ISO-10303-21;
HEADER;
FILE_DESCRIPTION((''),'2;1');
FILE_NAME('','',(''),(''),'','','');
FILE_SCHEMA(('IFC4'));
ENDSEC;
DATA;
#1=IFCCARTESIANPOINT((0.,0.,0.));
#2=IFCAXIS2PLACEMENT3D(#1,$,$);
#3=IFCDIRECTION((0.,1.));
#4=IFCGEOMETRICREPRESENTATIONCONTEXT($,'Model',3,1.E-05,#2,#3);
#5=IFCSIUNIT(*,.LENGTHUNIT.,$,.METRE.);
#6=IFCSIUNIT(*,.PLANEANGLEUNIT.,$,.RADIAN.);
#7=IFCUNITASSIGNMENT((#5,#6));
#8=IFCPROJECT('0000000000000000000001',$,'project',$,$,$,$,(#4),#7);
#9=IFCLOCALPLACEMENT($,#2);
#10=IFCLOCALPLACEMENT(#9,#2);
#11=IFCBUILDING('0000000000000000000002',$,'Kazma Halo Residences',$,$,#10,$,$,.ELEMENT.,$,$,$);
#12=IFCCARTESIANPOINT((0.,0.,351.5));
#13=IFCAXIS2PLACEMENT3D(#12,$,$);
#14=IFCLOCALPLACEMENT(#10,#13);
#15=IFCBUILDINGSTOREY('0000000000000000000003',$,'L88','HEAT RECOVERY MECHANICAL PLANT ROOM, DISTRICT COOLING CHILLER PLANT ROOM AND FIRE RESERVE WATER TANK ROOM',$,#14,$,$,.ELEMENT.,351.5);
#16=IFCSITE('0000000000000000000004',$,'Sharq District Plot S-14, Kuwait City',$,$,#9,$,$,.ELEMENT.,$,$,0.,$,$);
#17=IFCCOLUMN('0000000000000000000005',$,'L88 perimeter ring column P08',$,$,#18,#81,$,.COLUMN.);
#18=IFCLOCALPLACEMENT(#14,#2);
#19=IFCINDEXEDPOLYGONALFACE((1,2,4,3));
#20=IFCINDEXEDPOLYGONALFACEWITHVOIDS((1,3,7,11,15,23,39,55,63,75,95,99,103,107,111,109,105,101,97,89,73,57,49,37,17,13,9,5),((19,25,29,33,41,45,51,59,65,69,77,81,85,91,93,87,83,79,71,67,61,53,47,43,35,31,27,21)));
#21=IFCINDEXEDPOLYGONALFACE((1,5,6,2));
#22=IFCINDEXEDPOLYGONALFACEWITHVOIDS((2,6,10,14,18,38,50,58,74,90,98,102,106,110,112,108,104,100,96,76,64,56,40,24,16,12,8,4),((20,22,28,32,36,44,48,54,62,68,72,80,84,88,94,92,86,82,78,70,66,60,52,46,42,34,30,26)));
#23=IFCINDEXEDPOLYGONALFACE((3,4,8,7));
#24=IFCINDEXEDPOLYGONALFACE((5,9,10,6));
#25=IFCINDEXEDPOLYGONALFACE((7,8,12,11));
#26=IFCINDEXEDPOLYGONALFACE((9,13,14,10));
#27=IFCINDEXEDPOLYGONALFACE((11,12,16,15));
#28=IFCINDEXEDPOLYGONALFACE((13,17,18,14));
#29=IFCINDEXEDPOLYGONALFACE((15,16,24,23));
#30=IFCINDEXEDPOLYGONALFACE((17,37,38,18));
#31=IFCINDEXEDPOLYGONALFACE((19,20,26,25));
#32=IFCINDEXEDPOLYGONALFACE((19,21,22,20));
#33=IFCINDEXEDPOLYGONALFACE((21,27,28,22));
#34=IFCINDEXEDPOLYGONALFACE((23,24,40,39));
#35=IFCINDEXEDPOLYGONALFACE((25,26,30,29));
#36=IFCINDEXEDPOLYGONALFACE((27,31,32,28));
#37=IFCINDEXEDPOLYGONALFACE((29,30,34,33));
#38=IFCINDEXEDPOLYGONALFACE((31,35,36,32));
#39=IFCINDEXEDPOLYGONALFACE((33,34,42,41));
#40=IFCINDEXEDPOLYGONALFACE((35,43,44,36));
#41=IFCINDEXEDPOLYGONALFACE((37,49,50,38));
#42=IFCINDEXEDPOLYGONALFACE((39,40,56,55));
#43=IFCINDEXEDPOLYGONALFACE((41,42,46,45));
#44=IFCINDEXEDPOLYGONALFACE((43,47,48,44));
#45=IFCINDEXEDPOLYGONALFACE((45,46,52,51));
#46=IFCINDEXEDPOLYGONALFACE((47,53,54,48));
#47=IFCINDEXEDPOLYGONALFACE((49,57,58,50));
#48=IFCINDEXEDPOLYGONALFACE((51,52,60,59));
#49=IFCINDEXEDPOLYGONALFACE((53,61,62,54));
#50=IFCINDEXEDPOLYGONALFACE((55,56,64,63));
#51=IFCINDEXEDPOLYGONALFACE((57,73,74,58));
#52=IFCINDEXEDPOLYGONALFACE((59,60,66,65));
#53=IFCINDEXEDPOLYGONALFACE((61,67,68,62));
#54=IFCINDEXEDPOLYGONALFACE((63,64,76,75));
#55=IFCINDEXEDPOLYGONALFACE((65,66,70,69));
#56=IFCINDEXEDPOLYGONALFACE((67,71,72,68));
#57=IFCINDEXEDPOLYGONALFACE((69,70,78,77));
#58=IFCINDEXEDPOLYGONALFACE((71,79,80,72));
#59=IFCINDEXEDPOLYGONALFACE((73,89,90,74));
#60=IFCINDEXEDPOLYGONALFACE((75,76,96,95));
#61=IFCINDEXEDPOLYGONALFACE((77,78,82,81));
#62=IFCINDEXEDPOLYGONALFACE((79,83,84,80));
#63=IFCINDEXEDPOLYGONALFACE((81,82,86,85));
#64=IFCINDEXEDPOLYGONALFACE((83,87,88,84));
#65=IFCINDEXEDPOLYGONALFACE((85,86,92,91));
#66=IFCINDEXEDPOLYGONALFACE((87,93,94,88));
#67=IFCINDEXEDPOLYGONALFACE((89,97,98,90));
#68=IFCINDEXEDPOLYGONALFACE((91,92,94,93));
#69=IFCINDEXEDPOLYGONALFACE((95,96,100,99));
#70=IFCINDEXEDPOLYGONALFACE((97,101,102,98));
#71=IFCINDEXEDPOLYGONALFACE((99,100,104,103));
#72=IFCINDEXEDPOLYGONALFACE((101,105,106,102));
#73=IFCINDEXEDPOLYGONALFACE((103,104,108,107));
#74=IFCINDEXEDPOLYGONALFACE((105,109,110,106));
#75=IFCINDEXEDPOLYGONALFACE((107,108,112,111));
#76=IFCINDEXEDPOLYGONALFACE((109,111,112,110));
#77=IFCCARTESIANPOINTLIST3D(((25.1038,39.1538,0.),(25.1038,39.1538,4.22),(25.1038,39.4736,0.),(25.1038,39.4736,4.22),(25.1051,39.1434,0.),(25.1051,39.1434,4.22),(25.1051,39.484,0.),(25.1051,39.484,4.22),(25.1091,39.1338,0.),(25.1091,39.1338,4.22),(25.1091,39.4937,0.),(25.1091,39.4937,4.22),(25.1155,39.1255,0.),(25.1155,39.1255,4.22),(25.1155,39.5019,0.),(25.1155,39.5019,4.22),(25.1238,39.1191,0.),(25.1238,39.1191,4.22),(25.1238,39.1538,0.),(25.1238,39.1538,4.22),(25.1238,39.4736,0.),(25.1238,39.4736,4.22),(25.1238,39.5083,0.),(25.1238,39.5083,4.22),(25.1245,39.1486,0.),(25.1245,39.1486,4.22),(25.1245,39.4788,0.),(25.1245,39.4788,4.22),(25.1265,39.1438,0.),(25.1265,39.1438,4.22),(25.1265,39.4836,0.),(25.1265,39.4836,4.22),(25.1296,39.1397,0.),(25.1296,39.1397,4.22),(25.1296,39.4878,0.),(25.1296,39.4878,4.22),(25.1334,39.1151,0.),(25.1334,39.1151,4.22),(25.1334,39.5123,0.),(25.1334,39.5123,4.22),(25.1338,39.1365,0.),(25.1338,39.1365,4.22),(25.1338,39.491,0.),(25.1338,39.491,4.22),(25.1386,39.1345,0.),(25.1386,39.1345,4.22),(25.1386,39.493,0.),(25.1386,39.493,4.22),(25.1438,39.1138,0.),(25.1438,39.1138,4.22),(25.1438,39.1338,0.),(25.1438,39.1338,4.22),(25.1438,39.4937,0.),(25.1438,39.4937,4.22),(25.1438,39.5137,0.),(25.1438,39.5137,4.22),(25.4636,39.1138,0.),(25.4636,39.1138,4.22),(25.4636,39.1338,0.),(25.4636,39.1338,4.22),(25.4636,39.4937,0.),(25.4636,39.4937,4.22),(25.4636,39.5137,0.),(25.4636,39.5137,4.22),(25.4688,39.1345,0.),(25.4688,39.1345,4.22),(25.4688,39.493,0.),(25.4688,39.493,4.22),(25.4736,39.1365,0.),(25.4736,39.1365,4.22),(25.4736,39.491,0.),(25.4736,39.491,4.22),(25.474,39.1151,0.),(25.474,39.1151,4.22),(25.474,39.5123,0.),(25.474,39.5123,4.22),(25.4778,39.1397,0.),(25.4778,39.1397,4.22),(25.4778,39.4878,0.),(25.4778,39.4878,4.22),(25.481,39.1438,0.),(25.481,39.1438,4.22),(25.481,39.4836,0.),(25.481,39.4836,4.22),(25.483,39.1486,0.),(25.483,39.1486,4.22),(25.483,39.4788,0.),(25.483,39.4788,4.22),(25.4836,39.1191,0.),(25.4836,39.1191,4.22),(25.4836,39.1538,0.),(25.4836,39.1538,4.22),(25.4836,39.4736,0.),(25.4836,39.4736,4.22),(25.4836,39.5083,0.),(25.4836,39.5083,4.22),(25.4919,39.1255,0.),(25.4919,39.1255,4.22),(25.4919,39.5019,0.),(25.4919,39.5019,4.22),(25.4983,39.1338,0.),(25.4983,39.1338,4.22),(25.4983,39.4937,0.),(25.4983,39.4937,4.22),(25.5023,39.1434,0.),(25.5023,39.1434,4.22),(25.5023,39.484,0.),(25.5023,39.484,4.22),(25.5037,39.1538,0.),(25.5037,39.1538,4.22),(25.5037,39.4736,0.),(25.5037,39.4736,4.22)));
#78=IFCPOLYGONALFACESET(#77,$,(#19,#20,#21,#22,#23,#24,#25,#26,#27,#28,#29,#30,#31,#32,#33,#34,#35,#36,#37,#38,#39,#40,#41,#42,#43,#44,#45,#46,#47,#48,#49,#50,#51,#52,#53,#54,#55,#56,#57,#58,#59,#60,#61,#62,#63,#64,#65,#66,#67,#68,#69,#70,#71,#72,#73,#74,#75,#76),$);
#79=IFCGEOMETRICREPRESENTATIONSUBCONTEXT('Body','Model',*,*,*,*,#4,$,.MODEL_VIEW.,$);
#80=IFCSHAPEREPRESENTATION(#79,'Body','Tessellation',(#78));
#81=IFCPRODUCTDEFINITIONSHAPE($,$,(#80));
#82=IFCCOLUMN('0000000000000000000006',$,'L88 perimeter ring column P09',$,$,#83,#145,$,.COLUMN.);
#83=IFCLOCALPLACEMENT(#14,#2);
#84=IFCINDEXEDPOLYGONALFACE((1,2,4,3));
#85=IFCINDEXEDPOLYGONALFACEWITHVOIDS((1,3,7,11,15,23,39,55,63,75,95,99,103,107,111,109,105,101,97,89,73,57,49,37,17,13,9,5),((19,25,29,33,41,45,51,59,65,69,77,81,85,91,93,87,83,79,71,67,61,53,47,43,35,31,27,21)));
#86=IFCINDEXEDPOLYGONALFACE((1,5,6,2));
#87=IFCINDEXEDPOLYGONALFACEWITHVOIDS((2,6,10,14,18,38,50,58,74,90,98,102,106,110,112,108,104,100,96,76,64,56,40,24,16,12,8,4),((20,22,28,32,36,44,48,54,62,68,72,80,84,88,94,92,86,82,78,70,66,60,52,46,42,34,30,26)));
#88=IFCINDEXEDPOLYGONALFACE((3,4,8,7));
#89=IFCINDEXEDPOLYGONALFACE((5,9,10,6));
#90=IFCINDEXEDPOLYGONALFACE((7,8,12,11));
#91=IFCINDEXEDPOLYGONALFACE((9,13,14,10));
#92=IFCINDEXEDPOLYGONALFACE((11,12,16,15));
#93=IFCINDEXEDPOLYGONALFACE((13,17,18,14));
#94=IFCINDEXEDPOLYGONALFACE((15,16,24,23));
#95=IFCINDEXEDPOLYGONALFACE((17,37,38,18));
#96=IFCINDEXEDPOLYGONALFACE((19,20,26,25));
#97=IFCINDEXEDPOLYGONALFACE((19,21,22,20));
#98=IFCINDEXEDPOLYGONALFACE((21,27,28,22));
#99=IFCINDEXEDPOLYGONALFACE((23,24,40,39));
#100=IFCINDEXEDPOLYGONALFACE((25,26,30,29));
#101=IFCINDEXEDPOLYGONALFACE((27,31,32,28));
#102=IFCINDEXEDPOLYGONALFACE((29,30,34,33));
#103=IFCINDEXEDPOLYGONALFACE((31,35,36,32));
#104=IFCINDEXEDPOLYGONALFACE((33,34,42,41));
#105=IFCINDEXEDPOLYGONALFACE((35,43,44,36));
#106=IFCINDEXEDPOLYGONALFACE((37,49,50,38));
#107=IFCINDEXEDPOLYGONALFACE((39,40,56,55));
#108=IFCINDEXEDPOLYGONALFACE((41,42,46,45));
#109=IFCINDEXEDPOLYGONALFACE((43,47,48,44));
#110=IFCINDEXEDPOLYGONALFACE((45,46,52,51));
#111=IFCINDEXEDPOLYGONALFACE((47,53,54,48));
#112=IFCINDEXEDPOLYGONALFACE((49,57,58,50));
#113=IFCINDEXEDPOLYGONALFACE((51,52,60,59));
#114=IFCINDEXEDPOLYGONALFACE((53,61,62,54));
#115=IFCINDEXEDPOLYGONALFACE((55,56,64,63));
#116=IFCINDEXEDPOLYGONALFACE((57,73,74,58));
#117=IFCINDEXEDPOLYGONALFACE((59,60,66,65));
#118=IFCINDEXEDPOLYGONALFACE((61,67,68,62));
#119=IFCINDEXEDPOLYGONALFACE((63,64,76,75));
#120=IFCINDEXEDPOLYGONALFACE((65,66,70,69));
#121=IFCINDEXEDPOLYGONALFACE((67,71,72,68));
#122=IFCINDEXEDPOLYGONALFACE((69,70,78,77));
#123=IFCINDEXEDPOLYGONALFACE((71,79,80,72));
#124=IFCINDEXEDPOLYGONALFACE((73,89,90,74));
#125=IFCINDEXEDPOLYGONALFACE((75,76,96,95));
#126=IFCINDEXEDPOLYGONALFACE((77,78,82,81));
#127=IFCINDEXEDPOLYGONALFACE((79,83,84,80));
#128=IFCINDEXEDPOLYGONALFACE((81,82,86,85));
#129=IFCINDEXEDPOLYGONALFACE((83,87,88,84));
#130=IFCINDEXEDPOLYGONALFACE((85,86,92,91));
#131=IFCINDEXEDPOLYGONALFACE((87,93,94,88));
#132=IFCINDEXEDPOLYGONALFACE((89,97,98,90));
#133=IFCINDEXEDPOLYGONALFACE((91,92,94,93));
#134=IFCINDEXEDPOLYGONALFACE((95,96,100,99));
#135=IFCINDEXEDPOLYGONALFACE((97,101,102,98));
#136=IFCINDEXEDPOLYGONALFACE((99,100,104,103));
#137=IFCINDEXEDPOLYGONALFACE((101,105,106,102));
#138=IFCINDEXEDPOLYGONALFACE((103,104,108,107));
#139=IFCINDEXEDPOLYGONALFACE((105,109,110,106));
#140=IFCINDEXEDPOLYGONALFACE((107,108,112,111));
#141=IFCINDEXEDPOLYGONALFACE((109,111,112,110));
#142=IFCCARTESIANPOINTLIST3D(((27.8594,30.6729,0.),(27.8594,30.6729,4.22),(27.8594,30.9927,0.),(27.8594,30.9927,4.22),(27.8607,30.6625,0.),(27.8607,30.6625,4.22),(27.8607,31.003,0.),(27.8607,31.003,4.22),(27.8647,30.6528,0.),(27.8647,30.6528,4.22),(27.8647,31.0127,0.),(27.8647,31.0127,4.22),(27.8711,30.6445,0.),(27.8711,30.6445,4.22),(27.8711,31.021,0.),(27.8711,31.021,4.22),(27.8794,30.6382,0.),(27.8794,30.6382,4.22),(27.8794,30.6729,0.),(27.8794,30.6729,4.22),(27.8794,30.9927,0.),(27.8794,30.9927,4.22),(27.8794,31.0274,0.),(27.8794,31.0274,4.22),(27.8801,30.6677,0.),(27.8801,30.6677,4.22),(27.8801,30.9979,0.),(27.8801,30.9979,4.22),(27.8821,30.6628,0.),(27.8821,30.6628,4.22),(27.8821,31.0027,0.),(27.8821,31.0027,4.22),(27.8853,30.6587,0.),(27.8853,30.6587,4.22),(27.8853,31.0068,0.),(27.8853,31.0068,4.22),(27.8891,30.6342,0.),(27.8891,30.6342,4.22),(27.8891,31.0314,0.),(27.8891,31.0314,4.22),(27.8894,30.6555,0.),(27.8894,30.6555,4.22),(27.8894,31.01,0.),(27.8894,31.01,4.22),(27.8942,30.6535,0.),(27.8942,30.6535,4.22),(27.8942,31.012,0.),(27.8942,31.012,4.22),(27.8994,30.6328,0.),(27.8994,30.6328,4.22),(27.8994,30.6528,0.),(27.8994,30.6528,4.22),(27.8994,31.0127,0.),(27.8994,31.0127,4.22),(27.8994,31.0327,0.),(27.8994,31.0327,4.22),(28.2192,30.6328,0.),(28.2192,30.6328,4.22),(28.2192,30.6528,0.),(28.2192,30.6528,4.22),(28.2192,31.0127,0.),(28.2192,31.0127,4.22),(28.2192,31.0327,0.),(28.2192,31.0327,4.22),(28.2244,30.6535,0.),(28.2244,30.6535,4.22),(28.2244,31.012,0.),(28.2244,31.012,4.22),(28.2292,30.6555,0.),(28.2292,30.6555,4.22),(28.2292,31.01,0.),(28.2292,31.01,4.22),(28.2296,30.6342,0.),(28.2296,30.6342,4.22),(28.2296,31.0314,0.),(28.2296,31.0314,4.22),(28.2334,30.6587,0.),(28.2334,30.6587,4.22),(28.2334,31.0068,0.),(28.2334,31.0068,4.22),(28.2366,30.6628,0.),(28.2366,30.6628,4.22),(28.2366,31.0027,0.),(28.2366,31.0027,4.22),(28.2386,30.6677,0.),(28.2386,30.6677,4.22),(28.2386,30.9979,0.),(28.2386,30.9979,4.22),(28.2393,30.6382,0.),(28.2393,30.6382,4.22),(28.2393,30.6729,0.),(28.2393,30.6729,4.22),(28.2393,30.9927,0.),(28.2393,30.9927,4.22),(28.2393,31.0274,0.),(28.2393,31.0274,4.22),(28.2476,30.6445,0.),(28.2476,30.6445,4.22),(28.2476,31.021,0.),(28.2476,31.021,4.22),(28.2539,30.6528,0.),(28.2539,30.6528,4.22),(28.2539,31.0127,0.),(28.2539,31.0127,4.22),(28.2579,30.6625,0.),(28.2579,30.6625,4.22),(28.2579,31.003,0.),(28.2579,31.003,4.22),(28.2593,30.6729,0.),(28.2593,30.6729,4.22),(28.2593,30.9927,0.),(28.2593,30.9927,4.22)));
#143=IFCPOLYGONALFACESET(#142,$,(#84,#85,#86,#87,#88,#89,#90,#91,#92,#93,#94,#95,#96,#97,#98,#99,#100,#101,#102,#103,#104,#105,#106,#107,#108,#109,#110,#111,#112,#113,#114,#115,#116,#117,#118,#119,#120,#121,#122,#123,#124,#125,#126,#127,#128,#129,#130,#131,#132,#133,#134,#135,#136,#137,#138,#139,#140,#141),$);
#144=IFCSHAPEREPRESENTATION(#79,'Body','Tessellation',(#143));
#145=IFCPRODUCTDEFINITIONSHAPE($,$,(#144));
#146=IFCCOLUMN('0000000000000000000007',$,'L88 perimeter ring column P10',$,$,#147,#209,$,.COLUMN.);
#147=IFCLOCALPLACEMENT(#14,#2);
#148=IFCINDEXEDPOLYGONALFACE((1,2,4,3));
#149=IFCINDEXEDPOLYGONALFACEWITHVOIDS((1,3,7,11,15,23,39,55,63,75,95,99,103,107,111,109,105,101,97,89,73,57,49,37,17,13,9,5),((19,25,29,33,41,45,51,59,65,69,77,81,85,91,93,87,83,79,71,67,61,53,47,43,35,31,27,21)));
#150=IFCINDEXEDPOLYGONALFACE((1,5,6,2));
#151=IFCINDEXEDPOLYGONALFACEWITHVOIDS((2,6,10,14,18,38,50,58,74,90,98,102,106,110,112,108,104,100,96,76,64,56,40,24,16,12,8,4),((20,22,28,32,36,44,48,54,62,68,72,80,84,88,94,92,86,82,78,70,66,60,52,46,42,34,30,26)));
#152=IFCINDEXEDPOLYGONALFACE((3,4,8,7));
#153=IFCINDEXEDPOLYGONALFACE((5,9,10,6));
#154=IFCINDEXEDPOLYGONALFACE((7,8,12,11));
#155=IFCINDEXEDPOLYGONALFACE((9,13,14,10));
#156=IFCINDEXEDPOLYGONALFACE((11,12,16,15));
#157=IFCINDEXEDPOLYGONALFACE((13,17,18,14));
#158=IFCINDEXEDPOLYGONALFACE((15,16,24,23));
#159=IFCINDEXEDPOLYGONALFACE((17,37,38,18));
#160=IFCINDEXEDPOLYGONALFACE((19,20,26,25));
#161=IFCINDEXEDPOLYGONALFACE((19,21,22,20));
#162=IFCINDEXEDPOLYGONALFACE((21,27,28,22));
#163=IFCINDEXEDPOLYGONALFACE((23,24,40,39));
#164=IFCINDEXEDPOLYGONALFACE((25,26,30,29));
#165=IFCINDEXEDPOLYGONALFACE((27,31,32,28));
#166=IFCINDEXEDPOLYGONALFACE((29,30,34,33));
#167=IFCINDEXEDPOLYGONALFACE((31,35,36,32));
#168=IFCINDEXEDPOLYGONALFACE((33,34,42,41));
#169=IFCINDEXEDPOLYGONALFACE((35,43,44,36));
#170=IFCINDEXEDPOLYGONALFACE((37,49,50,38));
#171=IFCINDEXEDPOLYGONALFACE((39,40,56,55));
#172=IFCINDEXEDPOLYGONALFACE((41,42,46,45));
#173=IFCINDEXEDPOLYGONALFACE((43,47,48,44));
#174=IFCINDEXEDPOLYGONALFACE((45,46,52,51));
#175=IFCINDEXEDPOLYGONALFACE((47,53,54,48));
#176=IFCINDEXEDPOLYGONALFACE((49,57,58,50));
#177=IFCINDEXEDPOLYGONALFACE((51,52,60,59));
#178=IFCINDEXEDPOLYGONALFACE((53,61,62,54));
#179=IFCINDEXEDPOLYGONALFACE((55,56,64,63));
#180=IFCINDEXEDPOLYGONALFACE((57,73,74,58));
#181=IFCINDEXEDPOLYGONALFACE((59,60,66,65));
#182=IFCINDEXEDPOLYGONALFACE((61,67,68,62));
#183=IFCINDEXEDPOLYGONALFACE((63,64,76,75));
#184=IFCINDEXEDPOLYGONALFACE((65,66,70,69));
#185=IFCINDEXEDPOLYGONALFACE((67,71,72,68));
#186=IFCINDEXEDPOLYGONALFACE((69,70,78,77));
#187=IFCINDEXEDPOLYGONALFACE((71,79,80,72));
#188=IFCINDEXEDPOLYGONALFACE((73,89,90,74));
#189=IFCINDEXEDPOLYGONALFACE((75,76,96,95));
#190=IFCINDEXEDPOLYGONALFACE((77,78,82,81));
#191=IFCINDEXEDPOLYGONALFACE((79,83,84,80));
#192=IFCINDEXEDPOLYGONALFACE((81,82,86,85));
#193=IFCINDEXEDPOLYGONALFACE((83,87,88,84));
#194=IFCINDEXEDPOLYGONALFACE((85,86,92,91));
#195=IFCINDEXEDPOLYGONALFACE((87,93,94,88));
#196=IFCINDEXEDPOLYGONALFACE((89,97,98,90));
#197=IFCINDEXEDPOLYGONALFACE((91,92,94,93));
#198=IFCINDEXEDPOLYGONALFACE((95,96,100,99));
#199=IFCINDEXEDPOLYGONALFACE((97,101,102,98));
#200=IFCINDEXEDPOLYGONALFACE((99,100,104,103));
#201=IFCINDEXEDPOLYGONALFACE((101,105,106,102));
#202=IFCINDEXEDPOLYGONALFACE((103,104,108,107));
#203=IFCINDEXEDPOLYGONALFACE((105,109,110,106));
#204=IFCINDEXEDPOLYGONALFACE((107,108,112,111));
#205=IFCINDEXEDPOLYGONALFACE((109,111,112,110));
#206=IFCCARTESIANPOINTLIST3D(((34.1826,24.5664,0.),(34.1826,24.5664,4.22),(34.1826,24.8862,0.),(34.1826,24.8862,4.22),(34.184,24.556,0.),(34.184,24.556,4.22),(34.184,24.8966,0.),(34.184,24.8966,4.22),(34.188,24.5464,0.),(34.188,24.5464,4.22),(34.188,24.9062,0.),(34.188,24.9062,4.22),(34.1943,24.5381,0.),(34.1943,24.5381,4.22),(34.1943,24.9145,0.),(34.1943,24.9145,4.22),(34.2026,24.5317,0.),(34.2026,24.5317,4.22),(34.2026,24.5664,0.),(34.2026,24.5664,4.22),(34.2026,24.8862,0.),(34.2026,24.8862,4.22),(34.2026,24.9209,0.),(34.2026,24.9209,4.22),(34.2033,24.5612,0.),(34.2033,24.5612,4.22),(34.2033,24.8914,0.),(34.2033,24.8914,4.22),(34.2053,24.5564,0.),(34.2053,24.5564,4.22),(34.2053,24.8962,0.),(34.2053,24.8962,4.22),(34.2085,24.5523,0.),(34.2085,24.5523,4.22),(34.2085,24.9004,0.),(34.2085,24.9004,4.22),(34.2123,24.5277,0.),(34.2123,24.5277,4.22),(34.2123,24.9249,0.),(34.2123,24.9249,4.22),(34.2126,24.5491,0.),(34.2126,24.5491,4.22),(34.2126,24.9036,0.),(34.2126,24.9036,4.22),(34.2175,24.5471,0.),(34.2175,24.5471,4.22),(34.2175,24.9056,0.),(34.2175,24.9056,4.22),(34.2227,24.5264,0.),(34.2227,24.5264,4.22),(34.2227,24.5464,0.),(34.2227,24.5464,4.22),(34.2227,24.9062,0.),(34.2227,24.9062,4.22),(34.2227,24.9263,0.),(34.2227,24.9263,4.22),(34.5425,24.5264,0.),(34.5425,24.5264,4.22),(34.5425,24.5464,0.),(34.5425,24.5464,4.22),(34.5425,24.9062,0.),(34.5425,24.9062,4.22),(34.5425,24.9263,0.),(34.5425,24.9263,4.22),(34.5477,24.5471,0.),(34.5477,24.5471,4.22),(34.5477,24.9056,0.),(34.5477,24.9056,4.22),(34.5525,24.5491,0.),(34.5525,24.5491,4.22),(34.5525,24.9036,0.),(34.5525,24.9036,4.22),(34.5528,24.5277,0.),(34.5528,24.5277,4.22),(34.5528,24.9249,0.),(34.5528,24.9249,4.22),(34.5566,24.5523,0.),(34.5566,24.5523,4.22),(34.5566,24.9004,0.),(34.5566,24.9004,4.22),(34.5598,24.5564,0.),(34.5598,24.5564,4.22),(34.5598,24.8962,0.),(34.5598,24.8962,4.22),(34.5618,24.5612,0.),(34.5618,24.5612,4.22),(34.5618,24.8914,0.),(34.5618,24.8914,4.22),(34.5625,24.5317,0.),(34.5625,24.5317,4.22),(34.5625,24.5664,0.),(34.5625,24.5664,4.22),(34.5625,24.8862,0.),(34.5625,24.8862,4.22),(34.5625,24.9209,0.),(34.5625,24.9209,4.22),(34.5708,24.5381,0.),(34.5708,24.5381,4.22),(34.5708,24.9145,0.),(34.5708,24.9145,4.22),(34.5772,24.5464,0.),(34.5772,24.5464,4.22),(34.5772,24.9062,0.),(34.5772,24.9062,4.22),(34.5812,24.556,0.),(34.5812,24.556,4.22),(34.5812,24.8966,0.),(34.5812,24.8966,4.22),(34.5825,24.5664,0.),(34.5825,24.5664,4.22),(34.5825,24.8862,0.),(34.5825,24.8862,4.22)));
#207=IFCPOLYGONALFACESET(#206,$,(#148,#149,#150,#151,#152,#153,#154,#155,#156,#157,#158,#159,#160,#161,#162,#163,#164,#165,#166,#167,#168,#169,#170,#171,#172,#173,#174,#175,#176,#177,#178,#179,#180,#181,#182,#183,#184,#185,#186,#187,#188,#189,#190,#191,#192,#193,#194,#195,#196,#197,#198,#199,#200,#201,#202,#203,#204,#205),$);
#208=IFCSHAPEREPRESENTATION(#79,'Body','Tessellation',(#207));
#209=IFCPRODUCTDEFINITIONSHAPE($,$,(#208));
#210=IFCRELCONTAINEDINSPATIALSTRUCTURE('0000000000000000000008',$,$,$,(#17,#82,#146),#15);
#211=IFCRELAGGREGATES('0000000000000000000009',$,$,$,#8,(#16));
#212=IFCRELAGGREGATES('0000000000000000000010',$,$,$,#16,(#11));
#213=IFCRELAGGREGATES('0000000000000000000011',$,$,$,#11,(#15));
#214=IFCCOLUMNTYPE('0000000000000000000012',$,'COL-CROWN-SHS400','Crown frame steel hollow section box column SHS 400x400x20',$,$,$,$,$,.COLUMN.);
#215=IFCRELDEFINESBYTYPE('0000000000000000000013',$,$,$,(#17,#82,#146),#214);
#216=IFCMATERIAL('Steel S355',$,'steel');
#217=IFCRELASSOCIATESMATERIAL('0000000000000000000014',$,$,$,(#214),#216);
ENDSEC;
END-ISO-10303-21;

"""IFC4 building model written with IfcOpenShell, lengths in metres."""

from ifc_helpers import new_model, si_unit, direction, frame, origin, origin_2d, place, context, subcontext, project, spatial, hollow_rectangle, extrude, material, material_profile, profile_set, type_object, element, save


model = new_model("IFC4")

# Units and contexts
model_context = context("Model", 3, precision=1e-05, world=origin(), true_north=direction((0.0, 1.0)))
body_context = subcontext(model_context, "Body", "Model", "MODEL_VIEW")
ifc_project = project(units=[si_unit("LENGTHUNIT", "METRE"), si_unit("PLANEANGLEUNIT", "RADIAN")], contexts=[model_context])

# Site, building, storey
site_placement = place(None, origin())
site = spatial("IfcSite", under=ifc_project, at=site_placement, Name="Sharq District Plot S-14, Kuwait City", CompositionType="ELEMENT", RefElevation=0.0)
building_placement = place(site_placement, origin())
building = spatial("IfcBuilding", under=site, at=building_placement, Name="Kazma Halo Residences", CompositionType="ELEMENT")
storey_placement = place(building_placement, frame((0.0, 0.0, 351.5)))
storey = spatial("IfcBuildingStorey", under=building, at=storey_placement, Name="L88", Description="HEAT RECOVERY MECHANICAL PLANT ROOM, DISTRICT COOLING CHILLER PLANT ROOM AND FIRE RESERVE WATER TANK ROOM", CompositionType="ELEMENT", Elevation=351.5)

# Columns
ifc_material_1 = material(Name="Steel S355", Category="steel")
ifc_material_profile_1 = material_profile(ifc_material_1, hollow_rectangle(XDim=0.3999, YDim=0.3999, WallThickness=0.02, InnerFilletRadius=0.02, OuterFilletRadius=0.04, at=origin_2d()), Name="SHS400x400x20")
ifc_profile_set_1 = profile_set([ifc_material_profile_1], Name="Steel S355")
column_type = type_object("IfcColumnType", Name="COL-CROWN-SHS400", Description="Crown frame steel hollow section box column SHS 400x400x20", PredefinedType="COLUMN", material=ifc_profile_set_1)
for number, where, z_axis, x_axis, name in (
    (1, (25.3037, 39.3137, 0.0), (0.0, 0.0, 1.0), (1.0, 0.0, 0.0), "L88 perimeter ring column P08"),
    (2, (28.0593, 30.8328, 0.0), (0.0, 0.0, 1.0), (1.0, 0.0, 0.0), "L88 perimeter ring column P09"),
    (3, (34.3826, 24.7263, 0.0), (0.0, 0.0, 1.0), (1.0, 0.0, 0.0), "L88 perimeter ring column P10"),
):
    element("IfcColumn", number, at=place(storey_placement, frame(where, z_axis=z_axis, x_axis=x_axis)), inside=storey, type_object=column_type, Name=name, PredefinedType="COLUMN", context=body_context, shape_type="SweptSolid", body=[
        extrude(hollow_rectangle(XDim=0.3999, YDim=0.3999, WallThickness=0.02, InnerFilletRadius=0.02, OuterFilletRadius=0.04, at=origin_2d()), origin(), (0.0, 0.0, 1.0), 4.22),
    ])

save(model, "model.ifc")
